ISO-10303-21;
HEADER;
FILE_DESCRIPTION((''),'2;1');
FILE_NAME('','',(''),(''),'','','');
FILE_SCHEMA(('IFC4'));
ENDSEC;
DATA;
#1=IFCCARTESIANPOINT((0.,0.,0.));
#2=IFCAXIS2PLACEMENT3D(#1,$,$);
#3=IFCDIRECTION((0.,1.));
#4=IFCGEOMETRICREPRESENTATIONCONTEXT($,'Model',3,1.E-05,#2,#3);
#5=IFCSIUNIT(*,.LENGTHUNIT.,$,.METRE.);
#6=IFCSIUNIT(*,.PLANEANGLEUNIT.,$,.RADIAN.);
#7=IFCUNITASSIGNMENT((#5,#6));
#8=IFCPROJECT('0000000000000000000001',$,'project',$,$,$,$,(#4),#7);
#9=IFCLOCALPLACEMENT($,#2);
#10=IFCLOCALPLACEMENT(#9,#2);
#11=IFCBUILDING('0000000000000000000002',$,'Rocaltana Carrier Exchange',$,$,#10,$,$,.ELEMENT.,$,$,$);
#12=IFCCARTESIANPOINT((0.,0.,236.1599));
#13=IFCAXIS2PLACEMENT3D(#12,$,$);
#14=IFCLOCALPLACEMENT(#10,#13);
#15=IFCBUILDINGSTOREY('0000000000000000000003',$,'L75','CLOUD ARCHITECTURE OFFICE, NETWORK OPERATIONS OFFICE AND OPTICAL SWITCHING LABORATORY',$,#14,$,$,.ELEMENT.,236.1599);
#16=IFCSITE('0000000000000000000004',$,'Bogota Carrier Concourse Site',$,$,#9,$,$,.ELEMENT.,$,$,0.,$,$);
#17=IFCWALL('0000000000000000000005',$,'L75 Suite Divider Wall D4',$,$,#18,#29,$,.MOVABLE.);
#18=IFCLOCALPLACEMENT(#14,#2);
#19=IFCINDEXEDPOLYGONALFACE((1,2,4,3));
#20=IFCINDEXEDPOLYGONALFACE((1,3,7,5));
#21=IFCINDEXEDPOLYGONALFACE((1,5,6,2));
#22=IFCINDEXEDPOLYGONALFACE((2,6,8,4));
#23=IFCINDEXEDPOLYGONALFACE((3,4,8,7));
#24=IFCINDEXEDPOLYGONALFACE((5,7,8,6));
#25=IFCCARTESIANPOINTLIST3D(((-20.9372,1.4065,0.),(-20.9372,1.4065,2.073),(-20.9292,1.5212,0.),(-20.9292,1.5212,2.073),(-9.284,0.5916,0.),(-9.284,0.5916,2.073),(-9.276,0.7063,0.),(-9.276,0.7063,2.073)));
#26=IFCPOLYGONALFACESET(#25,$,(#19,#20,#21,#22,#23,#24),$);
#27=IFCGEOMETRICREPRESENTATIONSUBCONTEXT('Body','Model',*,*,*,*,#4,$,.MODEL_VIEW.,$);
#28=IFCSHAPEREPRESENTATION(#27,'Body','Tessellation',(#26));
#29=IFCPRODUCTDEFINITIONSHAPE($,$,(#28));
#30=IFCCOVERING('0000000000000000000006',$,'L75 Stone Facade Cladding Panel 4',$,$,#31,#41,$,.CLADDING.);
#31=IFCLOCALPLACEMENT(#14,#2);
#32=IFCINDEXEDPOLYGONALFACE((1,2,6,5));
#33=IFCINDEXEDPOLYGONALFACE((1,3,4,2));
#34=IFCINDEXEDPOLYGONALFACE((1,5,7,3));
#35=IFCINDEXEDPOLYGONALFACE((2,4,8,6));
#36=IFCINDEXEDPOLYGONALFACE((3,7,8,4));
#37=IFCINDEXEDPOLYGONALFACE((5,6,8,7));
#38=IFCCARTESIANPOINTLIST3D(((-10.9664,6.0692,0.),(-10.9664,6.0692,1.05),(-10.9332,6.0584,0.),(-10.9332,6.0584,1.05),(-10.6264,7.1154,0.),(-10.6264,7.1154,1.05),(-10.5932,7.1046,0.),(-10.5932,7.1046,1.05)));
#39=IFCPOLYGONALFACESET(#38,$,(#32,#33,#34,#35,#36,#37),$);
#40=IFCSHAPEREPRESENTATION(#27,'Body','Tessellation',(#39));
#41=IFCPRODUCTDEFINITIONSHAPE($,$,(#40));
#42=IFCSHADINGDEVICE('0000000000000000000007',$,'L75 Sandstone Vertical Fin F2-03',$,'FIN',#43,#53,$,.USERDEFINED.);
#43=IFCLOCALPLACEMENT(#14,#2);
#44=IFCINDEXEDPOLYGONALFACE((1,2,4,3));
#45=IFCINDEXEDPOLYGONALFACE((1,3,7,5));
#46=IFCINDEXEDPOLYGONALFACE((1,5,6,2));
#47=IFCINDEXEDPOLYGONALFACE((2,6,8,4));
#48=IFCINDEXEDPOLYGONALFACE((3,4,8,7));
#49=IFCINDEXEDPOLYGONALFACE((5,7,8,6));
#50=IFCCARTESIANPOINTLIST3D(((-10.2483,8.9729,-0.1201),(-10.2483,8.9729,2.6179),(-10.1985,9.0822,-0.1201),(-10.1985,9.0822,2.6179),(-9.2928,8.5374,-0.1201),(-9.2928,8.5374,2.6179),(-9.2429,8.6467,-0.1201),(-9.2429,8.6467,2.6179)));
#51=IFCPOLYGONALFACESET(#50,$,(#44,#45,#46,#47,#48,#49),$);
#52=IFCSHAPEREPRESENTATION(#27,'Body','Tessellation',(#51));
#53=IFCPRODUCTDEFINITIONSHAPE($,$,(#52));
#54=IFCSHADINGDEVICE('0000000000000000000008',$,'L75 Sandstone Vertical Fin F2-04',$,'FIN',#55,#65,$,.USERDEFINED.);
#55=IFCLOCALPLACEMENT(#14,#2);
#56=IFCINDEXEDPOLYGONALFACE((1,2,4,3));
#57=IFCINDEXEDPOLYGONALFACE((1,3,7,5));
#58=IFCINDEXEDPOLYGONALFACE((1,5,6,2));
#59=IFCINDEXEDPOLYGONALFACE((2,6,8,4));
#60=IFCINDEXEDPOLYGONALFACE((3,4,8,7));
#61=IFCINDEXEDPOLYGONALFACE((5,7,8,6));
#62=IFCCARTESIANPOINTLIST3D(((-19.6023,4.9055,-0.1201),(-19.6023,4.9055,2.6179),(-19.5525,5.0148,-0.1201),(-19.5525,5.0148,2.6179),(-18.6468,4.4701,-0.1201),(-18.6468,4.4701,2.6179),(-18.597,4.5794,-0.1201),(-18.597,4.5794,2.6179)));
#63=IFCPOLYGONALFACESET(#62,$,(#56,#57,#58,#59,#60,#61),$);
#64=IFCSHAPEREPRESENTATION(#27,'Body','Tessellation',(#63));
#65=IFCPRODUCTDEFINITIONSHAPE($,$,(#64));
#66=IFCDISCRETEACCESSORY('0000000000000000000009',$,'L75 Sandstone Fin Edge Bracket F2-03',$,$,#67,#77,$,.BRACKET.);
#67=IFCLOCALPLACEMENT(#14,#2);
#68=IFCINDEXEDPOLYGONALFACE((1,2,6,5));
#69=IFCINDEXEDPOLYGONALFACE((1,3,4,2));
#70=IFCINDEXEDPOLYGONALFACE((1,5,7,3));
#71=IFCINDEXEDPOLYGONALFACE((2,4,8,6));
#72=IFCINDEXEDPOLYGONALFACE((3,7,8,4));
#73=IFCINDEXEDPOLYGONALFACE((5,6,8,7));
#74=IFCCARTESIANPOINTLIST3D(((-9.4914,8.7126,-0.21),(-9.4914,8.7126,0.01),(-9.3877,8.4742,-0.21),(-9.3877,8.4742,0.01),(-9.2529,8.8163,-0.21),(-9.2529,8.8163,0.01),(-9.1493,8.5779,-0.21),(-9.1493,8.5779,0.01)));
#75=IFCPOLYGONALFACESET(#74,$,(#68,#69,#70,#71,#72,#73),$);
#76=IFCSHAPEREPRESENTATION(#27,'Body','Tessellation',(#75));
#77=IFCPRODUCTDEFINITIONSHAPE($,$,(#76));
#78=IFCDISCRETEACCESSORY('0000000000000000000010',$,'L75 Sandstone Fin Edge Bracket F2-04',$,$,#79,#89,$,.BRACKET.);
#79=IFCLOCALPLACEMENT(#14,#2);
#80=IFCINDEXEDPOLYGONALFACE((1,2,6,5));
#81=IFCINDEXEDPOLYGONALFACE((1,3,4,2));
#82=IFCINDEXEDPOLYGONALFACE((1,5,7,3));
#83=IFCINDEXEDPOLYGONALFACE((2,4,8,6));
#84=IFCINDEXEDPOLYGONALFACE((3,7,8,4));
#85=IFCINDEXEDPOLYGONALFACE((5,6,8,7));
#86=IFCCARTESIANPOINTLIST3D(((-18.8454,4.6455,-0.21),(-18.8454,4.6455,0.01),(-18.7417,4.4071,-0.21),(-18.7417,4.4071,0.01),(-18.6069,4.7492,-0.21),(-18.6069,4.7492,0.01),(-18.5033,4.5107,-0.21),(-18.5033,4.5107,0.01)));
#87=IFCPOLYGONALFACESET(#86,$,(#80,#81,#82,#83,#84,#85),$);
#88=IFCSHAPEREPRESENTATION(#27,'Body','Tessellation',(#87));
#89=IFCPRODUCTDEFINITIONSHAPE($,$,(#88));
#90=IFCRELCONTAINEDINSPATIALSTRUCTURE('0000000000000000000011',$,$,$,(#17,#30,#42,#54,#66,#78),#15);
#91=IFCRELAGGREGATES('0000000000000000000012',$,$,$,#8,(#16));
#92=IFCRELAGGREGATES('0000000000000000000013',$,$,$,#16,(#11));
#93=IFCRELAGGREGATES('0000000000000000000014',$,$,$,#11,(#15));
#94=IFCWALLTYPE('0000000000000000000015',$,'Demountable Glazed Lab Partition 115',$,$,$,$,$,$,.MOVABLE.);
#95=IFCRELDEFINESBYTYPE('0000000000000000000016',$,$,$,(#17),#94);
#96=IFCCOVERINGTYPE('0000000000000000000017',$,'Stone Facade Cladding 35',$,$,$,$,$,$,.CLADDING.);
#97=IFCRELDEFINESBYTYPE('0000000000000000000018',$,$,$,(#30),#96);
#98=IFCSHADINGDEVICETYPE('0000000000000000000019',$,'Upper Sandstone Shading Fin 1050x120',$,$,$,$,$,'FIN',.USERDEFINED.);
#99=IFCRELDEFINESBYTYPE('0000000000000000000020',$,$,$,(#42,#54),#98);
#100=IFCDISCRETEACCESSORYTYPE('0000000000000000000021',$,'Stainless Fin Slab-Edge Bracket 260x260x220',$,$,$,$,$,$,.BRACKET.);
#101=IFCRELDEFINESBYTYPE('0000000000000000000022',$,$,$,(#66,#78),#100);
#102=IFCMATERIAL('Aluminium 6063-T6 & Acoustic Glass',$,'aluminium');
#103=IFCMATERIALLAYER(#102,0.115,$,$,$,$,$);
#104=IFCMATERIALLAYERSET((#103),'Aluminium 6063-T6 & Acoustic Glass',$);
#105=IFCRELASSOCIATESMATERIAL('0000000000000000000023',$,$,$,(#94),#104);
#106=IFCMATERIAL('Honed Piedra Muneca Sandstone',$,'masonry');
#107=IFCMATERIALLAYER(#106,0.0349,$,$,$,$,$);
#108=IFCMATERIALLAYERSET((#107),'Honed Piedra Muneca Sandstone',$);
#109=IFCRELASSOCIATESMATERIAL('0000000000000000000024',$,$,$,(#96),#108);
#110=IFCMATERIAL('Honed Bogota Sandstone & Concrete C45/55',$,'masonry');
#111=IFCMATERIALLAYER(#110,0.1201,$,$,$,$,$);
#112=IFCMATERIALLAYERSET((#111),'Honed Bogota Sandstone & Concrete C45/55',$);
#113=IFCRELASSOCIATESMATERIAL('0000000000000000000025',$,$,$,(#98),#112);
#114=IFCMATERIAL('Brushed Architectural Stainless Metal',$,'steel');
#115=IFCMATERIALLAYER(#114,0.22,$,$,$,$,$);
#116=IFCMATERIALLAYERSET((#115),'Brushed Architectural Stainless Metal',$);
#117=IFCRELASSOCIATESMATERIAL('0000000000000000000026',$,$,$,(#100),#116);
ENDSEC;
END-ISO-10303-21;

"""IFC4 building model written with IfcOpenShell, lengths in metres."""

from ifc_helpers import new_model, si_unit, direction, frame, frame_2d, origin, origin_2d, place, context, subcontext, project, spatial, rectangle, extrude, material, layer, layer_set, type_object, element, save


model = new_model("IFC4")

# Units and contexts
model_context = context("Model", 3, precision=1e-05, world=origin(), true_north=direction((0.0, 1.0)))
body_context = subcontext(model_context, "Body", "Model", "MODEL_VIEW")
ifc_project = project(units=[si_unit("LENGTHUNIT", "METRE"), si_unit("PLANEANGLEUNIT", "RADIAN")], contexts=[model_context])

# Site, building, storey
site_placement = place(None, origin())
site = spatial("IfcSite", under=ifc_project, at=site_placement, Name="Bogota Carrier Concourse Site", CompositionType="ELEMENT", RefElevation=0.0)
building_placement = place(site_placement, origin())
building = spatial("IfcBuilding", under=site, at=building_placement, Name="Rocaltana Carrier Exchange", CompositionType="ELEMENT")
storey_placement = place(building_placement, frame((0.0, 0.0, 236.1599)))
storey = spatial("IfcBuildingStorey", under=building, at=storey_placement, Name="L75", Description="CLOUD ARCHITECTURE OFFICE, NETWORK OPERATIONS OFFICE AND OPTICAL SWITCHING LABORATORY", CompositionType="ELEMENT", Elevation=236.1599)

# Wall
ifc_material_1 = material(Name="Aluminium 6063-T6 & Acoustic Glass", Category="aluminium")
ifc_layer_1 = layer(ifc_material_1, 0.115)
ifc_layer_set_1 = layer_set([ifc_layer_1], Name="Aluminium 6063-T6 & Acoustic Glass")
wall_type_1 = type_object("IfcWallType", Name="Demountable Glazed Lab Partition 115", PredefinedType="MOVABLE", material=ifc_layer_set_1)
wall_1_placement = place(storey_placement, frame((-9.28, 0.6489, 0.0), z_axis=(0.0, 0.0, 1.0), x_axis=(-0.997564, 0.069763, 0.0)))
element("IfcWall", 1, at=wall_1_placement, inside=storey, type_object=wall_type_1, Name="L75 Suite Divider Wall D4", PredefinedType="MOVABLE", context=body_context, shape_type="SweptSolid", body=[
    extrude(rectangle(XDim=11.6816, YDim=0.115, at=frame_2d((5.8408, 0.0))), origin(), (0.0, 0.0, 1.0), 2.073),
])

# Covering
ifc_material_2 = material(Name="Honed Piedra Muneca Sandstone", Category="masonry")
ifc_layer_2 = layer(ifc_material_2, 0.0349)
ifc_layer_set_2 = layer_set([ifc_layer_2], Name="Honed Piedra Muneca Sandstone")
covering_type = type_object("IfcCoveringType", Name="Stone Facade Cladding 35", PredefinedType="CLADDING", material=ifc_layer_set_2)
covering_placement = place(storey_placement, frame((-10.7798, 6.5869, 0.0), z_axis=(0.0, 0.0, 1.0), x_axis=(0.309017, 0.951057, 0.0)))
element("IfcCovering", 2, at=covering_placement, inside=storey, type_object=covering_type, Name="L75 Stone Facade Cladding Panel 4", PredefinedType="CLADDING", context=body_context, shape_type="SweptSolid", body=[
    extrude(rectangle(XDim=1.1001, YDim=0.0349, at=origin_2d()), origin(), (0.0, 0.0, 1.0), 1.05),
])

# Shading devices
ifc_material_3 = material(Name="Honed Bogota Sandstone & Concrete C45/55", Category="masonry")
ifc_layer_3 = layer(ifc_material_3, 0.1201)
ifc_layer_set_3 = layer_set([ifc_layer_3], Name="Honed Bogota Sandstone & Concrete C45/55")
shading_device_type = type_object("IfcShadingDeviceType", Name="Upper Sandstone Shading Fin 1050x120", ElementType="FIN", PredefinedType="USERDEFINED", material=ifc_layer_set_3)
for number, where, z_axis, x_axis, name in (
    (3, (-9.7456, 8.8098, -0.1201), (0.0, 0.0, 1.0), (-0.909961, 0.414693, 0.0), "L75 Sandstone Vertical Fin F2-03"),
    (4, (-19.0996, 4.7424, -0.1201), (0.0, 0.0, 1.0), (-0.909961, 0.414693, 0.0), "L75 Sandstone Vertical Fin F2-04"),
):
    element("IfcShadingDevice", number, at=place(storey_placement, frame(where, z_axis=z_axis, x_axis=x_axis)), inside=storey, type_object=shading_device_type, Name=name, ObjectType="FIN", PredefinedType="USERDEFINED", context=body_context, shape_type="SweptSolid", body=[
        extrude(rectangle(XDim=1.05, YDim=0.1201, at=origin_2d()), origin(), (0.0, 0.0, 1.0), 2.738),
    ])

# Discrete accessories
ifc_material_4 = material(Name="Brushed Architectural Stainless Metal", Category="steel")
ifc_layer_4 = layer(ifc_material_4, 0.22)
ifc_layer_set_4 = layer_set([ifc_layer_4], Name="Brushed Architectural Stainless Metal")
discrete_accessory_type = type_object("IfcDiscreteAccessoryType", Name="Stainless Fin Slab-Edge Bracket 260x260x220", PredefinedType="BRACKET", material=ifc_layer_set_4)
for number, where, z_axis, x_axis, name in (
    (5, (-9.3203, 8.6453, -0.21), (0.0, 0.0, 1.0), (-0.91706, -0.398749, 0.0), "L75 Sandstone Fin Edge Bracket F2-03"),
    (6, (-18.6743, 4.5781, -0.21), (0.0, 0.0, 1.0), (-0.91706, -0.398749, 0.0), "L75 Sandstone Fin Edge Bracket F2-04"),
):
    element("IfcDiscreteAccessory", number, at=place(storey_placement, frame(where, z_axis=z_axis, x_axis=x_axis)), inside=storey, type_object=discrete_accessory_type, Name=name, PredefinedType="BRACKET", context=body_context, shape_type="SweptSolid", body=[
        extrude(rectangle(XDim=0.26, YDim=0.26, at=origin_2d()), origin(), (0.0, 0.0, 1.0), 0.22),
    ])

save(model, "model.ifc")
